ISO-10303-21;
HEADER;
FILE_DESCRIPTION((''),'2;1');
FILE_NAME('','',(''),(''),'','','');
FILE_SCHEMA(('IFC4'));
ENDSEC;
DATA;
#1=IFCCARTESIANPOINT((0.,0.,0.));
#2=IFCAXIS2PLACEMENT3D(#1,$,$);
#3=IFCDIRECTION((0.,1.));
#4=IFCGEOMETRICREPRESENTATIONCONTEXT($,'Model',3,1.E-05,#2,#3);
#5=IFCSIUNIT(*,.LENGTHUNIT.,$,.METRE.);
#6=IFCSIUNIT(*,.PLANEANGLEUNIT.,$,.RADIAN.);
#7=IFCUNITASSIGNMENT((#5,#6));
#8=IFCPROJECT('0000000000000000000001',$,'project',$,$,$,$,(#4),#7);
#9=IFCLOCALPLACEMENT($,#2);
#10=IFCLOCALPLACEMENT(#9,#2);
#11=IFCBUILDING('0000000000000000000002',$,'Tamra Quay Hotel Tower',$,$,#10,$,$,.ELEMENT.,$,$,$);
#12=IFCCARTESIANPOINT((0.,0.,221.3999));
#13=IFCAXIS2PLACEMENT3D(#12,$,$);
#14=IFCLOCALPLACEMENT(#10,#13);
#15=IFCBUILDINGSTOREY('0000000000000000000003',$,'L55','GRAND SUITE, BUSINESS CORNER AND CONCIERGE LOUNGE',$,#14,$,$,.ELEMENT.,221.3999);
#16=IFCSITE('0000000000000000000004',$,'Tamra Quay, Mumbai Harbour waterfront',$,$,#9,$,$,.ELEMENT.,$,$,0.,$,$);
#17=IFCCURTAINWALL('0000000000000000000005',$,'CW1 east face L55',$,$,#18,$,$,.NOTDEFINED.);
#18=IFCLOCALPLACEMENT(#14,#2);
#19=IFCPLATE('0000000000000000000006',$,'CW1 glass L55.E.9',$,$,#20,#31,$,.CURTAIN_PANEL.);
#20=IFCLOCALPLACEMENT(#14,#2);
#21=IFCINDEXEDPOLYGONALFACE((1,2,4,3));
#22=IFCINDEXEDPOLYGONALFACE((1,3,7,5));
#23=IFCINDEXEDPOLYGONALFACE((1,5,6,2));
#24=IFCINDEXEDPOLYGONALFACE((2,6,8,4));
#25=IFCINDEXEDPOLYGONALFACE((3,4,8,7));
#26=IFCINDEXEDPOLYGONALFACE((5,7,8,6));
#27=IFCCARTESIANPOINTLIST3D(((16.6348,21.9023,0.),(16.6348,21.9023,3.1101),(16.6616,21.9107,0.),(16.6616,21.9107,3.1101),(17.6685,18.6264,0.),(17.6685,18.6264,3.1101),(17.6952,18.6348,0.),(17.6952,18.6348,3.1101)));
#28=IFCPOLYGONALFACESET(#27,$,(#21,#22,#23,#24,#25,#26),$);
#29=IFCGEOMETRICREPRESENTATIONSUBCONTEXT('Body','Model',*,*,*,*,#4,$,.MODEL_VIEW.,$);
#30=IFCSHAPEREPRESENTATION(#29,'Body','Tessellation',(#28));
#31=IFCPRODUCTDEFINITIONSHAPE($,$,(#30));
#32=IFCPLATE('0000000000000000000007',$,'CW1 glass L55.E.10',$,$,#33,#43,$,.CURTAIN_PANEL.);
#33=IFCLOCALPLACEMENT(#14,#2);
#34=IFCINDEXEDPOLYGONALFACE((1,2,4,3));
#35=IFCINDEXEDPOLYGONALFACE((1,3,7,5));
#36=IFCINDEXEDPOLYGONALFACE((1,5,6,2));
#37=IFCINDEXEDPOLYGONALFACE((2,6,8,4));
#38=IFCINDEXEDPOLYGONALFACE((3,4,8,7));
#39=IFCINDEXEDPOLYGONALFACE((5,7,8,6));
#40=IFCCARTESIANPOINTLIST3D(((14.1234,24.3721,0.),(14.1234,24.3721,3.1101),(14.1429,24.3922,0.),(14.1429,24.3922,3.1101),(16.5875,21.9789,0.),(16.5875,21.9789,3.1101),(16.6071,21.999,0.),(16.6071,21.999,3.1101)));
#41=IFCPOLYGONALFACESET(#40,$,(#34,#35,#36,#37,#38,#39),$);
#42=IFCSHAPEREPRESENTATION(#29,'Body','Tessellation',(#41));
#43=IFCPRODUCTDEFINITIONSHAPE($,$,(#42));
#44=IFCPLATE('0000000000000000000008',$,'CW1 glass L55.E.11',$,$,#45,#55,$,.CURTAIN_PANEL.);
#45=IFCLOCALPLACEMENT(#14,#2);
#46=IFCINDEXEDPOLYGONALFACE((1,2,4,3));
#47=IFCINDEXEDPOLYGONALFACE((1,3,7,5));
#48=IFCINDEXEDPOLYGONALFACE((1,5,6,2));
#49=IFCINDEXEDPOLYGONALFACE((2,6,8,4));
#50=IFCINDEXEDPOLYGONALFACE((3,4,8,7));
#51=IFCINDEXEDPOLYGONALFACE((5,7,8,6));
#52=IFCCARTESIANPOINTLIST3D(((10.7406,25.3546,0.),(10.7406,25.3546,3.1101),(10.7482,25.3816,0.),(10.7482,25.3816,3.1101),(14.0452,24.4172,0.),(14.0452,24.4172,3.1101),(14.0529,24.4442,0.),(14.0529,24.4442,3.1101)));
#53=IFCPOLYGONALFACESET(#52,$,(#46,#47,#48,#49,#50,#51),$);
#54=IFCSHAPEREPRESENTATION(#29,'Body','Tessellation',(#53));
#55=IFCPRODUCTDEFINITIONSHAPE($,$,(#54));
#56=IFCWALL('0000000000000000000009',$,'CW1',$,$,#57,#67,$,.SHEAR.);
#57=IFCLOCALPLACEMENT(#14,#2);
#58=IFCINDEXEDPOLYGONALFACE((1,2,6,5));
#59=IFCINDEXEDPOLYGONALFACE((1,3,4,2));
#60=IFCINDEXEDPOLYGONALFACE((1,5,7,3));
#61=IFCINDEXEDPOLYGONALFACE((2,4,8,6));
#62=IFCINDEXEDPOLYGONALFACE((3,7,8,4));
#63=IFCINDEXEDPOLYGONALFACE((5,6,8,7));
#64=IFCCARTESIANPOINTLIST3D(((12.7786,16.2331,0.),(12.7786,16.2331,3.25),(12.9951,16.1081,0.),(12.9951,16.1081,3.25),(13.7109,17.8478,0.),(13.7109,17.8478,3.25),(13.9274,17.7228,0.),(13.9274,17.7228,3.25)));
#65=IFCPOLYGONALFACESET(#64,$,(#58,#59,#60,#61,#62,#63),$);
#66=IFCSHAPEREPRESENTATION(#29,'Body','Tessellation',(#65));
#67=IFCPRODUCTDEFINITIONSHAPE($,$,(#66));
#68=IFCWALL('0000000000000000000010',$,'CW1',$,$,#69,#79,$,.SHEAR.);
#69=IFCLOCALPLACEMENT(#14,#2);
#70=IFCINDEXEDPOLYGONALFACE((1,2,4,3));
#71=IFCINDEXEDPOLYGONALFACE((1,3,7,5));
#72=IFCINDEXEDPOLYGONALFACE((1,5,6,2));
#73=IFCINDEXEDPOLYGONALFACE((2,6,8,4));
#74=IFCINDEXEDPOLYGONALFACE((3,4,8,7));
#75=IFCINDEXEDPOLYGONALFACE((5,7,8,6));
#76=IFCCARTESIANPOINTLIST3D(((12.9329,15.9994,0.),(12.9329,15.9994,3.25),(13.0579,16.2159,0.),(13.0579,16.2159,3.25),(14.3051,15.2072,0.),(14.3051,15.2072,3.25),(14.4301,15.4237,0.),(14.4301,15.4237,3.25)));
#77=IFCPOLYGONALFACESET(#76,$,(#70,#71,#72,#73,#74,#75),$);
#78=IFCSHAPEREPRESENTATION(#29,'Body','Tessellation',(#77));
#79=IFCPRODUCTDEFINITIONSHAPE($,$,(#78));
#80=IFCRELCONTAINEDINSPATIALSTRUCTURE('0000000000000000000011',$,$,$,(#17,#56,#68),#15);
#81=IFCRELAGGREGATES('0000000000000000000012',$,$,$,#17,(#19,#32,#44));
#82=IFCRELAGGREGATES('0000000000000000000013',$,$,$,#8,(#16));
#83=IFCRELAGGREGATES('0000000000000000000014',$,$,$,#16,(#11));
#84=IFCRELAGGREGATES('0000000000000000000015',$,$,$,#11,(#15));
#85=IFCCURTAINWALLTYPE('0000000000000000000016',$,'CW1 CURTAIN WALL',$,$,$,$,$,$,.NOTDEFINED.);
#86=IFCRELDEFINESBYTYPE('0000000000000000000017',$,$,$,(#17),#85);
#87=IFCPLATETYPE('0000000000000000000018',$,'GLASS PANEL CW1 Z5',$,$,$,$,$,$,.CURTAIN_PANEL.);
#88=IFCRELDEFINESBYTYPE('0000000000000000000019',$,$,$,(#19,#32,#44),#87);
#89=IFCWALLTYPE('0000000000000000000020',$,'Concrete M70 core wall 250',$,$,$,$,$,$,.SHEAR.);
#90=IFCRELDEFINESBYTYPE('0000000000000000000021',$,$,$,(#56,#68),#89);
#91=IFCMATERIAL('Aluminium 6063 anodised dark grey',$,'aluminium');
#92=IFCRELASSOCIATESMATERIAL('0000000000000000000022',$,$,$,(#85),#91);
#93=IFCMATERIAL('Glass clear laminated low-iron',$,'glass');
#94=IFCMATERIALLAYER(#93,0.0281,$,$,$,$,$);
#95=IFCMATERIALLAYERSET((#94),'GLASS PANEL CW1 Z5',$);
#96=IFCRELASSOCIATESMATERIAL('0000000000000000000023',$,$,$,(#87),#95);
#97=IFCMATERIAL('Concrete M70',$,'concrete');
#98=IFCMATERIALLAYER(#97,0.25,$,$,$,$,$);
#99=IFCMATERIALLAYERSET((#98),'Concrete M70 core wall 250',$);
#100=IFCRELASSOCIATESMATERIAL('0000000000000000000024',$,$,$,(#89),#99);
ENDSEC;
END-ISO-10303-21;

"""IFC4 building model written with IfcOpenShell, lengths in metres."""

from ifc_helpers import new_model, si_unit, direction, frame, frame_2d, origin, origin_2d, place, context, subcontext, project, spatial, rectangle, extrude, material, layer, layer_set, type_object, element, aggregate, save


model = new_model("IFC4")

# Units and contexts
model_context = context("Model", 3, precision=1e-05, world=origin(), true_north=direction((0.0, 1.0)))
body_context = subcontext(model_context, "Body", "Model", "MODEL_VIEW")
ifc_project = project(units=[si_unit("LENGTHUNIT", "METRE"), si_unit("PLANEANGLEUNIT", "RADIAN")], contexts=[model_context])

# Site, building, storey
site_placement = place(None, origin())
site = spatial("IfcSite", under=ifc_project, at=site_placement, Name="Tamra Quay, Mumbai Harbour waterfront", CompositionType="ELEMENT", RefElevation=0.0)
building_placement = place(site_placement, origin())
building = spatial("IfcBuilding", under=site, at=building_placement, Name="Tamra Quay Hotel Tower", CompositionType="ELEMENT")
storey_placement = place(building_placement, frame((0.0, 0.0, 221.3999)))
storey = spatial("IfcBuildingStorey", under=building, at=storey_placement, Name="L55", Description="GRAND SUITE, BUSINESS CORNER AND CONCIERGE LOUNGE", CompositionType="ELEMENT", Elevation=221.3999)

# Shared definitions
ifc_material_1 = material(Name="Concrete M70", Category="concrete")

# Curtain wall
ifc_material_2 = material(Name="Aluminium 6063 anodised dark grey", Category="aluminium")
curtain_wall_type = type_object("IfcCurtainWallType", Name="CW1 CURTAIN WALL", PredefinedType="NOTDEFINED", material=ifc_material_2)
curtain_wall_placement = place(storey_placement, origin())
curtain_wall = element("IfcCurtainWall", 1, at=curtain_wall_placement, inside=storey, type_object=curtain_wall_type, Name="CW1 east face L55", PredefinedType="NOTDEFINED")

# Plates
ifc_material_3 = material(Name="Glass clear laminated low-iron", Category="glass")
ifc_layer_1 = layer(ifc_material_3, 0.0281)
ifc_layer_set_1 = layer_set([ifc_layer_1], Name="GLASS PANEL CW1 Z5")
plate_type = type_object("IfcPlateType", Name="GLASS PANEL CW1 Z5", PredefinedType="CURTAIN_PANEL", material=ifc_layer_set_1)
plate_1_placement = place(storey_placement, frame((17.165, 20.2686, 0.0), z_axis=(0.0, 0.0, 1.0), x_axis=(-0.300903, 0.953655, 0.0)))
plate_1 = element("IfcPlate", 2, at=plate_1_placement, type_object=plate_type, Name="CW1 glass L55.E.9", PredefinedType="CURTAIN_PANEL", context=body_context, shape_type="SweptSolid", body=[
    extrude(rectangle(XDim=3.4351, YDim=0.0281, at=origin_2d()), origin(), (0.0, 0.0, 1.0), 3.1101),
])
plate_2_placement = place(storey_placement, frame((15.3652, 23.1855, 0.0), z_axis=(0.0, 0.0, 1.0), x_axis=(-0.717364, 0.696698, 0.0)))
plate_2 = element("IfcPlate", 3, at=plate_2_placement, type_object=plate_type, Name="CW1 glass L55.E.10", PredefinedType="CURTAIN_PANEL", context=body_context, shape_type="SweptSolid", body=[
    extrude(rectangle(XDim=3.4351, YDim=0.0281, at=origin_2d()), origin(), (0.0, 0.0, 1.0), 3.1101),
])
plate_3_placement = place(storey_placement, frame((12.3967, 24.8994, 0.0), z_axis=(0.0, 0.0, 1.0), x_axis=(-0.962041, 0.272906, 0.0)))
plate_3 = element("IfcPlate", 4, at=plate_3_placement, type_object=plate_type, Name="CW1 glass L55.E.11", PredefinedType="CURTAIN_PANEL", context=body_context, shape_type="SweptSolid", body=[
    extrude(rectangle(XDim=3.4351, YDim=0.0281, at=origin_2d()), origin(), (0.0, 0.0, 1.0), 3.1101),
])
aggregate(curtain_wall, [plate_1, plate_2, plate_3])

# Walls
ifc_layer_2 = layer(ifc_material_1, 0.25)
ifc_layer_set_2 = layer_set([ifc_layer_2], Name="Concrete M70 core wall 250")
wall_type = type_object("IfcWallType", Name="Concrete M70 core wall 250", PredefinedType="SHEAR", material=ifc_layer_set_2)
wall_1_placement = place(storey_placement, frame((13.8191, 17.7852, 0.0), z_axis=(0.0, 0.0, 1.0), x_axis=(-0.50004, -0.866002, 0.0)))
element("IfcWall", 5, at=wall_1_placement, inside=storey, type_object=wall_type, Name="CW1", PredefinedType="SHEAR", context=body_context, shape_type="SweptSolid", body=[
    extrude(rectangle(XDim=1.8645, YDim=0.25, at=frame_2d((0.9321, 0.0))), origin(), (0.0, 0.0, 1.0), 3.25),
])
wall_2_placement = place(storey_placement, frame((12.9954, 16.1077, 0.0), z_axis=(0.0, 0.0, 1.0), x_axis=(0.866044, -0.499967, 0.0)))
element("IfcWall", 6, at=wall_2_placement, inside=storey, type_object=wall_type, Name="CW1", PredefinedType="SHEAR", context=body_context, shape_type="SweptSolid", body=[
    extrude(rectangle(XDim=1.5845, YDim=0.25, at=frame_2d((0.7922, 0.0))), origin(), (0.0, 0.0, 1.0), 3.25),
])

save(model, "model.ifc")
